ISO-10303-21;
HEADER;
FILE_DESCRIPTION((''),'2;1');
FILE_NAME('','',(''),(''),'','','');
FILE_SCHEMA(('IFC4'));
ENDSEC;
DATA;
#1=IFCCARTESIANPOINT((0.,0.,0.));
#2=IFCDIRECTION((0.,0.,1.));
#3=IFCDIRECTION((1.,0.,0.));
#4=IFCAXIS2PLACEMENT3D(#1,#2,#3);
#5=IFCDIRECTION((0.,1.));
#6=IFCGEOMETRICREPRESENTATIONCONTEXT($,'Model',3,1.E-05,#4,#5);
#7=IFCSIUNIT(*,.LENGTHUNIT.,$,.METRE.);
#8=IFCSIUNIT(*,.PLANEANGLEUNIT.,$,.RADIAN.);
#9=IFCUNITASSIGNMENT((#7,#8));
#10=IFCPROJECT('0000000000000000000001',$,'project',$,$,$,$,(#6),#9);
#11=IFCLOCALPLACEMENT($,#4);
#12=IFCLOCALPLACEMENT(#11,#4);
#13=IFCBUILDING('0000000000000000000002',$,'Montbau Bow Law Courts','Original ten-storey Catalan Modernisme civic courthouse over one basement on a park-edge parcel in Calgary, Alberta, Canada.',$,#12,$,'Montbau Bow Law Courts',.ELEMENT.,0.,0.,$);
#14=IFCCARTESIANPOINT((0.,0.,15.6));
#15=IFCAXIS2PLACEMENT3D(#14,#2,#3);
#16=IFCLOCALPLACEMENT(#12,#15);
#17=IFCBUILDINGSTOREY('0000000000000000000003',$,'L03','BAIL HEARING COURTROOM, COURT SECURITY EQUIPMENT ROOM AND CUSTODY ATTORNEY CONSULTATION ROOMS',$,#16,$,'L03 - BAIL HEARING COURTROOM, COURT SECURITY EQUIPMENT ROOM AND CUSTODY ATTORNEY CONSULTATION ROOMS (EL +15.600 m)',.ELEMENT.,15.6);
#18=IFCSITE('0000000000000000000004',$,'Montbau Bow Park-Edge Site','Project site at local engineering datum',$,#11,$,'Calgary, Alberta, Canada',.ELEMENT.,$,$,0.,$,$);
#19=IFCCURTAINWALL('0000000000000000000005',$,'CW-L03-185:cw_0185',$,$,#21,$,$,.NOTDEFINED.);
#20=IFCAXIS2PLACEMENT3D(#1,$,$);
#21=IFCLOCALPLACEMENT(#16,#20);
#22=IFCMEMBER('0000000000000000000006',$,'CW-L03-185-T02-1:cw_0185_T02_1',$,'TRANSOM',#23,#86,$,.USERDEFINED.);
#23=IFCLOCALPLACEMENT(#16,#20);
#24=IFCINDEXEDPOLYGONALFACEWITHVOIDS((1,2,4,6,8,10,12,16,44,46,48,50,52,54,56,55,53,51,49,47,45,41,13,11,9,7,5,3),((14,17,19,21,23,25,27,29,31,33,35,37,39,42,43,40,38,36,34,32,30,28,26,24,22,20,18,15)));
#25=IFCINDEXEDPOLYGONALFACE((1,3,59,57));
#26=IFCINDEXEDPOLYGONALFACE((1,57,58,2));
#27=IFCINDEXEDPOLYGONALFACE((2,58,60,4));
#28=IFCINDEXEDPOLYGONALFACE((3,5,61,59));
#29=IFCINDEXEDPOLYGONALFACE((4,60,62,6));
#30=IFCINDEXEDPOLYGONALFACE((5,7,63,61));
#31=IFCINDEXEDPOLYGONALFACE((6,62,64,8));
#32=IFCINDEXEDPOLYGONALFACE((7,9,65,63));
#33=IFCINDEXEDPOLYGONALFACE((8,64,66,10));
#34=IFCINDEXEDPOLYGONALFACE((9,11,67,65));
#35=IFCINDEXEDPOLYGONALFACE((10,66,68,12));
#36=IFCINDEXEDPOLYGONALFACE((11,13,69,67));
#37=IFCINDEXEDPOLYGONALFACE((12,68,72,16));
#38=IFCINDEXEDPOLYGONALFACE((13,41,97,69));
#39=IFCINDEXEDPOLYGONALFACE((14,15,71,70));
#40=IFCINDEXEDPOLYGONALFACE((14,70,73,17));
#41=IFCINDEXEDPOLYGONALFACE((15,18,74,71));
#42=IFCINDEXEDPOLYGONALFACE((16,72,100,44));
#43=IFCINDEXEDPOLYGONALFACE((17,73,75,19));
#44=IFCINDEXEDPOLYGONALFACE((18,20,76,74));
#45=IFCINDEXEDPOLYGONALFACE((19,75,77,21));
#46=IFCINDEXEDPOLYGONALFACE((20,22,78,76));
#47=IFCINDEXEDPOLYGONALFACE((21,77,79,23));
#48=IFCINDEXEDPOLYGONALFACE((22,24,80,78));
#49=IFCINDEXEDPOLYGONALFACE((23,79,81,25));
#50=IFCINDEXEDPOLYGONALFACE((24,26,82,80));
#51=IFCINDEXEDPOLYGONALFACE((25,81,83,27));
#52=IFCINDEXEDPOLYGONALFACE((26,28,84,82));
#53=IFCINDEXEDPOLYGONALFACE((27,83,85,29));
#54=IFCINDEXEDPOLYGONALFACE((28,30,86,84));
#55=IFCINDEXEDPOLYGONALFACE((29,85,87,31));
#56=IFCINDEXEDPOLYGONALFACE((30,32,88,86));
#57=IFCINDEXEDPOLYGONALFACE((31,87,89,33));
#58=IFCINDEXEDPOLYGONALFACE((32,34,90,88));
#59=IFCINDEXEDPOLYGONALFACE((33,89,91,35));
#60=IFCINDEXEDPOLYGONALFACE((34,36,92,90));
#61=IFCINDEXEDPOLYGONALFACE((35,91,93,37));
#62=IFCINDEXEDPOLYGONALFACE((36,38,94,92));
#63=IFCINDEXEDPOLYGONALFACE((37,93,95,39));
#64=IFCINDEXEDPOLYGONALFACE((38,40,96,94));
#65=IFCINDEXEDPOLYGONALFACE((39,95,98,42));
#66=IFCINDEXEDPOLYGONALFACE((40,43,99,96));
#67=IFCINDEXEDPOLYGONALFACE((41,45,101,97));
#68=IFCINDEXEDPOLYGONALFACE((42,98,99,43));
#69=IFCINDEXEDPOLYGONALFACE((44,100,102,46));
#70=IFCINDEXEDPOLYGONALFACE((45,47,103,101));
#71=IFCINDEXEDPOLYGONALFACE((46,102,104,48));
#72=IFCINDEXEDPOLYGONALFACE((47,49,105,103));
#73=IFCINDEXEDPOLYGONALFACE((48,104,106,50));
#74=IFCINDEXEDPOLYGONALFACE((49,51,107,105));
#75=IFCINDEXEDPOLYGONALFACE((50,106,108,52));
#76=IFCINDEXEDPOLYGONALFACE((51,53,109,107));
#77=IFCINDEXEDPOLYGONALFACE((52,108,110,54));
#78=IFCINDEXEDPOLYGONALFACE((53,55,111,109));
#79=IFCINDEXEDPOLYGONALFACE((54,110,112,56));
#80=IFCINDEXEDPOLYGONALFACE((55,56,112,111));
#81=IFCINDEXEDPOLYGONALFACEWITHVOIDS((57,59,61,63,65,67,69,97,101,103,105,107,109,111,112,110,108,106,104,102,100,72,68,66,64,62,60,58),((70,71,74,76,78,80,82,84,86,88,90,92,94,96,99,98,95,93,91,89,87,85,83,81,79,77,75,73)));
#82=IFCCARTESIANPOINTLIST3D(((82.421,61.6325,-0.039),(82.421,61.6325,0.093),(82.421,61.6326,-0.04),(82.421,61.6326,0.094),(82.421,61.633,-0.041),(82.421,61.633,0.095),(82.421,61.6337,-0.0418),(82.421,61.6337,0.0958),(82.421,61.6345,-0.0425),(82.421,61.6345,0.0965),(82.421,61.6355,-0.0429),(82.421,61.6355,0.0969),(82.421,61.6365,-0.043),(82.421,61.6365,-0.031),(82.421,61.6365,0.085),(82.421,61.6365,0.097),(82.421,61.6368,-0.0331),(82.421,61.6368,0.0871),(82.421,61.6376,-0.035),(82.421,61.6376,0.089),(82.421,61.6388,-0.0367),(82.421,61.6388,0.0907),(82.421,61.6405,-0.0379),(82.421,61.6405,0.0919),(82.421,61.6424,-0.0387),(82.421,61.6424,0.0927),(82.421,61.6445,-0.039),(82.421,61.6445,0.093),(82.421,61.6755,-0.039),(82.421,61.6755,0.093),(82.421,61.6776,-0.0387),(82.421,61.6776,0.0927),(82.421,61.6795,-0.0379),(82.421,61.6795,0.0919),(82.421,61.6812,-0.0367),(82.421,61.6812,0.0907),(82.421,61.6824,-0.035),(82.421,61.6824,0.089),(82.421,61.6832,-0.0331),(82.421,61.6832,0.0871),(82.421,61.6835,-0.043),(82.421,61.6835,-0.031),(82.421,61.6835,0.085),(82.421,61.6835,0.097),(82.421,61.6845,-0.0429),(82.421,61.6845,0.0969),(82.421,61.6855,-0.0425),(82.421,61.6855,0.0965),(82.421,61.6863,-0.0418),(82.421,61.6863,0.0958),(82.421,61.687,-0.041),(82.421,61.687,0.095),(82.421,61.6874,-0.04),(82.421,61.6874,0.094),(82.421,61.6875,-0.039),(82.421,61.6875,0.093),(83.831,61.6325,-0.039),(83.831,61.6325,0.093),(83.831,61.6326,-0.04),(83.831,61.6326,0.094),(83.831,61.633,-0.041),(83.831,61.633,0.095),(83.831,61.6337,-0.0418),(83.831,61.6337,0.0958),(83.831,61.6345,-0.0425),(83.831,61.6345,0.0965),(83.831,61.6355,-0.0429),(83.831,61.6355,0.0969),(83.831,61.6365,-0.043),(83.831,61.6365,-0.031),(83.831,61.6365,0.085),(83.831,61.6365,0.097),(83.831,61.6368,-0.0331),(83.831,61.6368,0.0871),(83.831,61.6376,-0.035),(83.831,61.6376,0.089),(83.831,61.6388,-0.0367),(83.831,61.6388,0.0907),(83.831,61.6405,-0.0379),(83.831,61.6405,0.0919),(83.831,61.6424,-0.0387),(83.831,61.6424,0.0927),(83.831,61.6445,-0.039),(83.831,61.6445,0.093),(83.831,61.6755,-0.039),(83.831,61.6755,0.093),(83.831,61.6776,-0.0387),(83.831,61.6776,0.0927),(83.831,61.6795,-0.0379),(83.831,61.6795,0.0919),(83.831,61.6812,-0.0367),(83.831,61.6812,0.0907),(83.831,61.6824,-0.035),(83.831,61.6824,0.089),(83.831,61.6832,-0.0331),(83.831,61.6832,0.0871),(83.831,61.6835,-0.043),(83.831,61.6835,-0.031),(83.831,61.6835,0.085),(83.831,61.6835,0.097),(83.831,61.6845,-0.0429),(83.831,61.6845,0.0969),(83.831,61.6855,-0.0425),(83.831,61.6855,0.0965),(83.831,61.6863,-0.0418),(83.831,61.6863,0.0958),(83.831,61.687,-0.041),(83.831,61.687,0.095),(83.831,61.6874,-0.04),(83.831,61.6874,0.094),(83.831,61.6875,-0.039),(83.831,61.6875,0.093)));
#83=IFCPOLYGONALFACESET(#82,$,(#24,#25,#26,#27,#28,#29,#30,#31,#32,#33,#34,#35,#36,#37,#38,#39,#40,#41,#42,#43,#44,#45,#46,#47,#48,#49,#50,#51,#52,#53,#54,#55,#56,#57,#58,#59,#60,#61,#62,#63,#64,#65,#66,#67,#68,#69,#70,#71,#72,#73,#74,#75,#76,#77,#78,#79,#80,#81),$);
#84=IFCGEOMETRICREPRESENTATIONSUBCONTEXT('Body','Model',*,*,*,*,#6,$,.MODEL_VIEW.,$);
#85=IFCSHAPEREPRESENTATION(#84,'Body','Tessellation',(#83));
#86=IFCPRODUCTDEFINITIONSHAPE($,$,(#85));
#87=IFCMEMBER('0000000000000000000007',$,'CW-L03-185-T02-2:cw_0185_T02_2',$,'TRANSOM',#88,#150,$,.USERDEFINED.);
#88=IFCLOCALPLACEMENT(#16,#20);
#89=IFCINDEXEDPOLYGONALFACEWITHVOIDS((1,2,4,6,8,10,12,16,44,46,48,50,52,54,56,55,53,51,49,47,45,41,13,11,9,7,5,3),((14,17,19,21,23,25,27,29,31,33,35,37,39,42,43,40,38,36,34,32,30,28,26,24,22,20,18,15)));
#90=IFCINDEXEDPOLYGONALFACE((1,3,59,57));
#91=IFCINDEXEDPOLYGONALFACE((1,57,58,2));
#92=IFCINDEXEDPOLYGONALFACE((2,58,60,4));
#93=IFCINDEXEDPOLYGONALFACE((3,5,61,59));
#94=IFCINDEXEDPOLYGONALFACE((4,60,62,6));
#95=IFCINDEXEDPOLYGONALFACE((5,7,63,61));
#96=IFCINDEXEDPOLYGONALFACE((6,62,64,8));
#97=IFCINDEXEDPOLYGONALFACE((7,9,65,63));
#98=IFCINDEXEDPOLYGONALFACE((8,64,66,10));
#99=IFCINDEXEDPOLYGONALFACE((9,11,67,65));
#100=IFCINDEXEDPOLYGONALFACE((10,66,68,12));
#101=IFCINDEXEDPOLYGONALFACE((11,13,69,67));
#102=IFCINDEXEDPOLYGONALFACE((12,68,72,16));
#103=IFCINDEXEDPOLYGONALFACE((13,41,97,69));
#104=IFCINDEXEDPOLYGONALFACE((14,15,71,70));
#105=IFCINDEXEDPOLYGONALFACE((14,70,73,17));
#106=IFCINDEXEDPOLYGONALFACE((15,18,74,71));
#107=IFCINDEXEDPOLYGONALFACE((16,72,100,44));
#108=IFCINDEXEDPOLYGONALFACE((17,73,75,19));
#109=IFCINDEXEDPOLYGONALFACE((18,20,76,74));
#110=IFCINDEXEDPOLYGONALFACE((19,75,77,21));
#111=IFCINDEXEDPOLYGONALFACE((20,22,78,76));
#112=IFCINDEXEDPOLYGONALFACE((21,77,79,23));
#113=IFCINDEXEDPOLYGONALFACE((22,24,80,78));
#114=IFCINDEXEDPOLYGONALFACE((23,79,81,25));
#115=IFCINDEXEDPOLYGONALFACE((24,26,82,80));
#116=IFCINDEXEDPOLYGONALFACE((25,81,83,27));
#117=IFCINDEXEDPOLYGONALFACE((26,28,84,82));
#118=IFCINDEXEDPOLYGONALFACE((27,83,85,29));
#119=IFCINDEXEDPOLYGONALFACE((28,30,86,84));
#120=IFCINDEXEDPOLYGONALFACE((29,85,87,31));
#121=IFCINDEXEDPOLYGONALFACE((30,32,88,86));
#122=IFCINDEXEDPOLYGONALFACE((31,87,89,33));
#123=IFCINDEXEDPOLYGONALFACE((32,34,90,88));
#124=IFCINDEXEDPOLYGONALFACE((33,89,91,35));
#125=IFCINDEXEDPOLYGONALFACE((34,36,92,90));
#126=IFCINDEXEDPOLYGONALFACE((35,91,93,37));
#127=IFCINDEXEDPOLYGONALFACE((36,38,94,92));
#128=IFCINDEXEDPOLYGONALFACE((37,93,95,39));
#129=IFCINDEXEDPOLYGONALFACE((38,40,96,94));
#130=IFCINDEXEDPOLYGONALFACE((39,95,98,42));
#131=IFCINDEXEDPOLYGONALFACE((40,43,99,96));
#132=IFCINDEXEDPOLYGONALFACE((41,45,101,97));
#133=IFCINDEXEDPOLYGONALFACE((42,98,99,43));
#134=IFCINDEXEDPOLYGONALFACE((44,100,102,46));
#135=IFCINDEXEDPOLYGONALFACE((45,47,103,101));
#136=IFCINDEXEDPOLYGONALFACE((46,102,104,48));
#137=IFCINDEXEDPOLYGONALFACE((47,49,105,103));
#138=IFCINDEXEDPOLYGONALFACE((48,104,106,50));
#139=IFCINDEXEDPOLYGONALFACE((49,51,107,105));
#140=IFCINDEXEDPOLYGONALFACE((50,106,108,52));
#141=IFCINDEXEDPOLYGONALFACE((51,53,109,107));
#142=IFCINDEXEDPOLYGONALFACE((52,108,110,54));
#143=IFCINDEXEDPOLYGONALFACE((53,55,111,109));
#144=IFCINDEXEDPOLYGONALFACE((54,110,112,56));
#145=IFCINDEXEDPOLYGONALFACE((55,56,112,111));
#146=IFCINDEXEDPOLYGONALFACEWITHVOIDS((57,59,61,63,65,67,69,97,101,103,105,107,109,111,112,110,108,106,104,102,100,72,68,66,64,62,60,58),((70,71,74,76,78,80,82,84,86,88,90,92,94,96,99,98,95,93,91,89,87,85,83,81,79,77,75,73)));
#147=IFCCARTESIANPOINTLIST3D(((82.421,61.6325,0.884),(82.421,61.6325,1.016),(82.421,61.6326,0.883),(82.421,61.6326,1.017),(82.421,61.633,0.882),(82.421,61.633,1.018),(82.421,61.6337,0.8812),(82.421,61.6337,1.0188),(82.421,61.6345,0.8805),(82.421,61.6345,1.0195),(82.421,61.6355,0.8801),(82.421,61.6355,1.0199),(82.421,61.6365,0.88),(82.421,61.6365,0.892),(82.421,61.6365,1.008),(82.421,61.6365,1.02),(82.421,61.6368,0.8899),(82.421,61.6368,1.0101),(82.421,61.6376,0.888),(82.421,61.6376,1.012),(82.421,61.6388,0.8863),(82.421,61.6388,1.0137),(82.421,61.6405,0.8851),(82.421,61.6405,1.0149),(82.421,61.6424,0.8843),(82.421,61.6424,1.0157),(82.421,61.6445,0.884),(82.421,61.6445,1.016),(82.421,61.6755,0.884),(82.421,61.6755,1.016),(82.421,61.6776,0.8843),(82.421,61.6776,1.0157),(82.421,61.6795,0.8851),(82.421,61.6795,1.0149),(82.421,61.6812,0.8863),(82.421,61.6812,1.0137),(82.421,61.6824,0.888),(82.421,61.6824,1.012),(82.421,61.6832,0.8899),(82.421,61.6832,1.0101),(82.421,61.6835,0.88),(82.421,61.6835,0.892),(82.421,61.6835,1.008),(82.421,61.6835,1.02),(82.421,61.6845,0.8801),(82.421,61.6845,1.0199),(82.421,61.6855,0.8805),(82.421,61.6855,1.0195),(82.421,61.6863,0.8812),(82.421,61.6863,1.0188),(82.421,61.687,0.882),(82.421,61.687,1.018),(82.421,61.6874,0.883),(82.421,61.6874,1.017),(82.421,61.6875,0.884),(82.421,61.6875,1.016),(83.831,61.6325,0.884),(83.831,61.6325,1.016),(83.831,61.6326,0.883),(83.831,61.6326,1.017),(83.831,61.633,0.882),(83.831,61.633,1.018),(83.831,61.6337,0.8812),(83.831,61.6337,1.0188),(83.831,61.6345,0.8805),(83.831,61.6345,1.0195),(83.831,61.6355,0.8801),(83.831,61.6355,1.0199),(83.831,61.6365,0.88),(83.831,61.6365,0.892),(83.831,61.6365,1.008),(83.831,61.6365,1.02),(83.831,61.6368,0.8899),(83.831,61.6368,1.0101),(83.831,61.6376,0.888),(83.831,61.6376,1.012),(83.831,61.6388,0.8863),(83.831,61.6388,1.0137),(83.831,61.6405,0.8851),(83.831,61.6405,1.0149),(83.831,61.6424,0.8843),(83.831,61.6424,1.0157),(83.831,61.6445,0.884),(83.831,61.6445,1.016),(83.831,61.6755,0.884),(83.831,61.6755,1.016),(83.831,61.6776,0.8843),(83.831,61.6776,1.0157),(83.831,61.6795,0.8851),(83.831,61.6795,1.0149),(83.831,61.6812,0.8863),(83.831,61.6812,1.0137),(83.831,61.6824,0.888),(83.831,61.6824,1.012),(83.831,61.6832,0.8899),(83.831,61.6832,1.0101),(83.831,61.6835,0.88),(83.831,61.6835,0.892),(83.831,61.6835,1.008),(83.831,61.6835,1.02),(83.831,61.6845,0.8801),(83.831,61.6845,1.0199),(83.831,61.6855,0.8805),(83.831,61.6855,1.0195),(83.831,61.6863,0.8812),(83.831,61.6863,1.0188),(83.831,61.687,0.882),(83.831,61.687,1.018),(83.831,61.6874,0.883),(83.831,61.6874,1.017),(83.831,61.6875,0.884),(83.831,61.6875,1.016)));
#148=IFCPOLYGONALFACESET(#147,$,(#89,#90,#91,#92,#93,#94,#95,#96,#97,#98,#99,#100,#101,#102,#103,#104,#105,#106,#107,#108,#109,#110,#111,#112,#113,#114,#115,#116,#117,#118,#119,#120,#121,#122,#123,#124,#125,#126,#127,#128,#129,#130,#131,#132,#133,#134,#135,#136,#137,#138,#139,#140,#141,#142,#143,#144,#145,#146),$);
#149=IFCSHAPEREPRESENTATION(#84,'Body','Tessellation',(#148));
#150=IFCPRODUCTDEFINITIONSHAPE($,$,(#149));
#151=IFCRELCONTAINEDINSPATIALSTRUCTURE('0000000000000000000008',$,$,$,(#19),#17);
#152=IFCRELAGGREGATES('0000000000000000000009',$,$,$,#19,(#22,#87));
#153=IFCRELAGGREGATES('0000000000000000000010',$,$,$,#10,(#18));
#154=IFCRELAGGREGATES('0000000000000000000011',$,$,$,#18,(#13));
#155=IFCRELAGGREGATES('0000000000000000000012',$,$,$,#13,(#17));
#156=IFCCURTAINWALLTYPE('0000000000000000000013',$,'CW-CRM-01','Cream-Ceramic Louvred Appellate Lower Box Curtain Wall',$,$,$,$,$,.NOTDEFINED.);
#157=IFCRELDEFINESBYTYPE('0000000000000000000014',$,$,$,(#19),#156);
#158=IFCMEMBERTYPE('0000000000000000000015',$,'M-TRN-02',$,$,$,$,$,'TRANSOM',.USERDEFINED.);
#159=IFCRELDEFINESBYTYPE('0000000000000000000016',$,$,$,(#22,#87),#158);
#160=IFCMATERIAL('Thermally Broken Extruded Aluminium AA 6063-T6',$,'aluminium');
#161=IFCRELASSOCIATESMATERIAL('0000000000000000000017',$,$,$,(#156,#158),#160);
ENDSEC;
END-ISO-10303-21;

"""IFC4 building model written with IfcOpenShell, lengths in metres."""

from ifc_helpers import new_model, si_unit, direction, frame, origin_with_axes, origin_2d_with_axis, place, context, subcontext, project, spatial, hollow_rectangle, extrude, material, material_profile, profile_set, type_object, element, aggregate, save


model = new_model("IFC4")

# Units and contexts
model_context = context("Model", 3, precision=1e-05, world=origin_with_axes(), true_north=direction((0.0, 1.0)))
body_context = subcontext(model_context, "Body", "Model", "MODEL_VIEW")
ifc_project = project(units=[si_unit("LENGTHUNIT", "METRE"), si_unit("PLANEANGLEUNIT", "RADIAN")], contexts=[model_context])

# Site, building, storey
site_placement = place(None, origin_with_axes())
site = spatial("IfcSite", under=ifc_project, at=site_placement, Name="Montbau Bow Park-Edge Site", Description="Project site at local engineering datum", LongName="Calgary, Alberta, Canada", CompositionType="ELEMENT", RefElevation=0.0)
building_placement = place(site_placement, origin_with_axes())
building = spatial("IfcBuilding", under=site, at=building_placement, Name="Montbau Bow Law Courts", Description="Original ten-storey Catalan Modernisme civic courthouse over one basement on a park-edge parcel in Calgary, Alberta, Canada.", LongName="Montbau Bow Law Courts", CompositionType="ELEMENT", ElevationOfRefHeight=0.0, ElevationOfTerrain=0.0)
storey_placement = place(building_placement, frame((0.0, 0.0, 15.6), z_axis=(0.0, 0.0, 1.0), x_axis=(1.0, 0.0, 0.0)))
storey = spatial("IfcBuildingStorey", under=building, at=storey_placement, Name="L03", Description="BAIL HEARING COURTROOM, COURT SECURITY EQUIPMENT ROOM AND CUSTODY ATTORNEY CONSULTATION ROOMS", LongName="L03 - BAIL HEARING COURTROOM, COURT SECURITY EQUIPMENT ROOM AND CUSTODY ATTORNEY CONSULTATION ROOMS (EL +15.600 m)", CompositionType="ELEMENT", Elevation=15.6)

# Curtain wall, members
ifc_material_1 = material(Name="Thermally Broken Extruded Aluminium AA 6063-T6", Category="aluminium")
curtain_wall_type = type_object("IfcCurtainWallType", Name="CW-CRM-01", Description="Cream-Ceramic Louvred Appellate Lower Box Curtain Wall", PredefinedType="NOTDEFINED", material=ifc_material_1)
curtain_wall_placement = place(None, frame((80.915, 61.66, 15.6), z_axis=(0.0, 0.0, 1.0), x_axis=(1.0, 0.0, 0.0)))
curtain_wall = element("IfcCurtainWall", 1, at=curtain_wall_placement, inside=storey, type_object=curtain_wall_type, Name="CW-L03-185:cw_0185", PredefinedType="NOTDEFINED")
ifc_material_profile_1 = material_profile(ifc_material_1, hollow_rectangle(XDim=0.055, YDim=0.14, WallThickness=0.004, InnerFilletRadius=0.008, OuterFilletRadius=0.004, at=origin_2d_with_axis()), Name="CWT-140X55", Category="Main", Priority=0)
ifc_profile_set_1 = profile_set([ifc_material_profile_1], Name="Thermally Broken Extruded Aluminium AA 6063-T6")
member_type_1 = type_object("IfcMemberType", Name="M-TRN-02", ElementType="TRANSOM", PredefinedType="USERDEFINED", material=ifc_profile_set_1)
member_1_placement = place(None, frame((82.421, 61.66, 15.627), z_axis=(1.0, 0.0, 0.0), x_axis=(0.0, 1.0, 0.0)))
member_1 = element("IfcMember", 2, at=member_1_placement, type_object=member_type_1, Name="CW-L03-185-T02-1:cw_0185_T02_1", ObjectType="TRANSOM", PredefinedType="USERDEFINED", context=body_context, shape_type="SweptSolid", body=[
    extrude(hollow_rectangle(XDim=0.055, YDim=0.14, WallThickness=0.004, InnerFilletRadius=0.008, OuterFilletRadius=0.004, at=origin_2d_with_axis()), origin_with_axes(), (0.0, 0.0, 1.0), 1.41),
])
member_2_placement = place(None, frame((82.421, 61.66, 16.55), z_axis=(1.0, 0.0, 0.0), x_axis=(0.0, 1.0, 0.0)))
member_2 = element("IfcMember", 3, at=member_2_placement, type_object=member_type_1, Name="CW-L03-185-T02-2:cw_0185_T02_2", ObjectType="TRANSOM", PredefinedType="USERDEFINED", context=body_context, shape_type="SweptSolid", body=[
    extrude(hollow_rectangle(XDim=0.055, YDim=0.14, WallThickness=0.004, InnerFilletRadius=0.008, OuterFilletRadius=0.004, at=origin_2d_with_axis()), origin_with_axes(), (0.0, 0.0, 1.0), 1.41),
])
aggregate(curtain_wall, [member_1, member_2])

save(model, "model.ifc")
